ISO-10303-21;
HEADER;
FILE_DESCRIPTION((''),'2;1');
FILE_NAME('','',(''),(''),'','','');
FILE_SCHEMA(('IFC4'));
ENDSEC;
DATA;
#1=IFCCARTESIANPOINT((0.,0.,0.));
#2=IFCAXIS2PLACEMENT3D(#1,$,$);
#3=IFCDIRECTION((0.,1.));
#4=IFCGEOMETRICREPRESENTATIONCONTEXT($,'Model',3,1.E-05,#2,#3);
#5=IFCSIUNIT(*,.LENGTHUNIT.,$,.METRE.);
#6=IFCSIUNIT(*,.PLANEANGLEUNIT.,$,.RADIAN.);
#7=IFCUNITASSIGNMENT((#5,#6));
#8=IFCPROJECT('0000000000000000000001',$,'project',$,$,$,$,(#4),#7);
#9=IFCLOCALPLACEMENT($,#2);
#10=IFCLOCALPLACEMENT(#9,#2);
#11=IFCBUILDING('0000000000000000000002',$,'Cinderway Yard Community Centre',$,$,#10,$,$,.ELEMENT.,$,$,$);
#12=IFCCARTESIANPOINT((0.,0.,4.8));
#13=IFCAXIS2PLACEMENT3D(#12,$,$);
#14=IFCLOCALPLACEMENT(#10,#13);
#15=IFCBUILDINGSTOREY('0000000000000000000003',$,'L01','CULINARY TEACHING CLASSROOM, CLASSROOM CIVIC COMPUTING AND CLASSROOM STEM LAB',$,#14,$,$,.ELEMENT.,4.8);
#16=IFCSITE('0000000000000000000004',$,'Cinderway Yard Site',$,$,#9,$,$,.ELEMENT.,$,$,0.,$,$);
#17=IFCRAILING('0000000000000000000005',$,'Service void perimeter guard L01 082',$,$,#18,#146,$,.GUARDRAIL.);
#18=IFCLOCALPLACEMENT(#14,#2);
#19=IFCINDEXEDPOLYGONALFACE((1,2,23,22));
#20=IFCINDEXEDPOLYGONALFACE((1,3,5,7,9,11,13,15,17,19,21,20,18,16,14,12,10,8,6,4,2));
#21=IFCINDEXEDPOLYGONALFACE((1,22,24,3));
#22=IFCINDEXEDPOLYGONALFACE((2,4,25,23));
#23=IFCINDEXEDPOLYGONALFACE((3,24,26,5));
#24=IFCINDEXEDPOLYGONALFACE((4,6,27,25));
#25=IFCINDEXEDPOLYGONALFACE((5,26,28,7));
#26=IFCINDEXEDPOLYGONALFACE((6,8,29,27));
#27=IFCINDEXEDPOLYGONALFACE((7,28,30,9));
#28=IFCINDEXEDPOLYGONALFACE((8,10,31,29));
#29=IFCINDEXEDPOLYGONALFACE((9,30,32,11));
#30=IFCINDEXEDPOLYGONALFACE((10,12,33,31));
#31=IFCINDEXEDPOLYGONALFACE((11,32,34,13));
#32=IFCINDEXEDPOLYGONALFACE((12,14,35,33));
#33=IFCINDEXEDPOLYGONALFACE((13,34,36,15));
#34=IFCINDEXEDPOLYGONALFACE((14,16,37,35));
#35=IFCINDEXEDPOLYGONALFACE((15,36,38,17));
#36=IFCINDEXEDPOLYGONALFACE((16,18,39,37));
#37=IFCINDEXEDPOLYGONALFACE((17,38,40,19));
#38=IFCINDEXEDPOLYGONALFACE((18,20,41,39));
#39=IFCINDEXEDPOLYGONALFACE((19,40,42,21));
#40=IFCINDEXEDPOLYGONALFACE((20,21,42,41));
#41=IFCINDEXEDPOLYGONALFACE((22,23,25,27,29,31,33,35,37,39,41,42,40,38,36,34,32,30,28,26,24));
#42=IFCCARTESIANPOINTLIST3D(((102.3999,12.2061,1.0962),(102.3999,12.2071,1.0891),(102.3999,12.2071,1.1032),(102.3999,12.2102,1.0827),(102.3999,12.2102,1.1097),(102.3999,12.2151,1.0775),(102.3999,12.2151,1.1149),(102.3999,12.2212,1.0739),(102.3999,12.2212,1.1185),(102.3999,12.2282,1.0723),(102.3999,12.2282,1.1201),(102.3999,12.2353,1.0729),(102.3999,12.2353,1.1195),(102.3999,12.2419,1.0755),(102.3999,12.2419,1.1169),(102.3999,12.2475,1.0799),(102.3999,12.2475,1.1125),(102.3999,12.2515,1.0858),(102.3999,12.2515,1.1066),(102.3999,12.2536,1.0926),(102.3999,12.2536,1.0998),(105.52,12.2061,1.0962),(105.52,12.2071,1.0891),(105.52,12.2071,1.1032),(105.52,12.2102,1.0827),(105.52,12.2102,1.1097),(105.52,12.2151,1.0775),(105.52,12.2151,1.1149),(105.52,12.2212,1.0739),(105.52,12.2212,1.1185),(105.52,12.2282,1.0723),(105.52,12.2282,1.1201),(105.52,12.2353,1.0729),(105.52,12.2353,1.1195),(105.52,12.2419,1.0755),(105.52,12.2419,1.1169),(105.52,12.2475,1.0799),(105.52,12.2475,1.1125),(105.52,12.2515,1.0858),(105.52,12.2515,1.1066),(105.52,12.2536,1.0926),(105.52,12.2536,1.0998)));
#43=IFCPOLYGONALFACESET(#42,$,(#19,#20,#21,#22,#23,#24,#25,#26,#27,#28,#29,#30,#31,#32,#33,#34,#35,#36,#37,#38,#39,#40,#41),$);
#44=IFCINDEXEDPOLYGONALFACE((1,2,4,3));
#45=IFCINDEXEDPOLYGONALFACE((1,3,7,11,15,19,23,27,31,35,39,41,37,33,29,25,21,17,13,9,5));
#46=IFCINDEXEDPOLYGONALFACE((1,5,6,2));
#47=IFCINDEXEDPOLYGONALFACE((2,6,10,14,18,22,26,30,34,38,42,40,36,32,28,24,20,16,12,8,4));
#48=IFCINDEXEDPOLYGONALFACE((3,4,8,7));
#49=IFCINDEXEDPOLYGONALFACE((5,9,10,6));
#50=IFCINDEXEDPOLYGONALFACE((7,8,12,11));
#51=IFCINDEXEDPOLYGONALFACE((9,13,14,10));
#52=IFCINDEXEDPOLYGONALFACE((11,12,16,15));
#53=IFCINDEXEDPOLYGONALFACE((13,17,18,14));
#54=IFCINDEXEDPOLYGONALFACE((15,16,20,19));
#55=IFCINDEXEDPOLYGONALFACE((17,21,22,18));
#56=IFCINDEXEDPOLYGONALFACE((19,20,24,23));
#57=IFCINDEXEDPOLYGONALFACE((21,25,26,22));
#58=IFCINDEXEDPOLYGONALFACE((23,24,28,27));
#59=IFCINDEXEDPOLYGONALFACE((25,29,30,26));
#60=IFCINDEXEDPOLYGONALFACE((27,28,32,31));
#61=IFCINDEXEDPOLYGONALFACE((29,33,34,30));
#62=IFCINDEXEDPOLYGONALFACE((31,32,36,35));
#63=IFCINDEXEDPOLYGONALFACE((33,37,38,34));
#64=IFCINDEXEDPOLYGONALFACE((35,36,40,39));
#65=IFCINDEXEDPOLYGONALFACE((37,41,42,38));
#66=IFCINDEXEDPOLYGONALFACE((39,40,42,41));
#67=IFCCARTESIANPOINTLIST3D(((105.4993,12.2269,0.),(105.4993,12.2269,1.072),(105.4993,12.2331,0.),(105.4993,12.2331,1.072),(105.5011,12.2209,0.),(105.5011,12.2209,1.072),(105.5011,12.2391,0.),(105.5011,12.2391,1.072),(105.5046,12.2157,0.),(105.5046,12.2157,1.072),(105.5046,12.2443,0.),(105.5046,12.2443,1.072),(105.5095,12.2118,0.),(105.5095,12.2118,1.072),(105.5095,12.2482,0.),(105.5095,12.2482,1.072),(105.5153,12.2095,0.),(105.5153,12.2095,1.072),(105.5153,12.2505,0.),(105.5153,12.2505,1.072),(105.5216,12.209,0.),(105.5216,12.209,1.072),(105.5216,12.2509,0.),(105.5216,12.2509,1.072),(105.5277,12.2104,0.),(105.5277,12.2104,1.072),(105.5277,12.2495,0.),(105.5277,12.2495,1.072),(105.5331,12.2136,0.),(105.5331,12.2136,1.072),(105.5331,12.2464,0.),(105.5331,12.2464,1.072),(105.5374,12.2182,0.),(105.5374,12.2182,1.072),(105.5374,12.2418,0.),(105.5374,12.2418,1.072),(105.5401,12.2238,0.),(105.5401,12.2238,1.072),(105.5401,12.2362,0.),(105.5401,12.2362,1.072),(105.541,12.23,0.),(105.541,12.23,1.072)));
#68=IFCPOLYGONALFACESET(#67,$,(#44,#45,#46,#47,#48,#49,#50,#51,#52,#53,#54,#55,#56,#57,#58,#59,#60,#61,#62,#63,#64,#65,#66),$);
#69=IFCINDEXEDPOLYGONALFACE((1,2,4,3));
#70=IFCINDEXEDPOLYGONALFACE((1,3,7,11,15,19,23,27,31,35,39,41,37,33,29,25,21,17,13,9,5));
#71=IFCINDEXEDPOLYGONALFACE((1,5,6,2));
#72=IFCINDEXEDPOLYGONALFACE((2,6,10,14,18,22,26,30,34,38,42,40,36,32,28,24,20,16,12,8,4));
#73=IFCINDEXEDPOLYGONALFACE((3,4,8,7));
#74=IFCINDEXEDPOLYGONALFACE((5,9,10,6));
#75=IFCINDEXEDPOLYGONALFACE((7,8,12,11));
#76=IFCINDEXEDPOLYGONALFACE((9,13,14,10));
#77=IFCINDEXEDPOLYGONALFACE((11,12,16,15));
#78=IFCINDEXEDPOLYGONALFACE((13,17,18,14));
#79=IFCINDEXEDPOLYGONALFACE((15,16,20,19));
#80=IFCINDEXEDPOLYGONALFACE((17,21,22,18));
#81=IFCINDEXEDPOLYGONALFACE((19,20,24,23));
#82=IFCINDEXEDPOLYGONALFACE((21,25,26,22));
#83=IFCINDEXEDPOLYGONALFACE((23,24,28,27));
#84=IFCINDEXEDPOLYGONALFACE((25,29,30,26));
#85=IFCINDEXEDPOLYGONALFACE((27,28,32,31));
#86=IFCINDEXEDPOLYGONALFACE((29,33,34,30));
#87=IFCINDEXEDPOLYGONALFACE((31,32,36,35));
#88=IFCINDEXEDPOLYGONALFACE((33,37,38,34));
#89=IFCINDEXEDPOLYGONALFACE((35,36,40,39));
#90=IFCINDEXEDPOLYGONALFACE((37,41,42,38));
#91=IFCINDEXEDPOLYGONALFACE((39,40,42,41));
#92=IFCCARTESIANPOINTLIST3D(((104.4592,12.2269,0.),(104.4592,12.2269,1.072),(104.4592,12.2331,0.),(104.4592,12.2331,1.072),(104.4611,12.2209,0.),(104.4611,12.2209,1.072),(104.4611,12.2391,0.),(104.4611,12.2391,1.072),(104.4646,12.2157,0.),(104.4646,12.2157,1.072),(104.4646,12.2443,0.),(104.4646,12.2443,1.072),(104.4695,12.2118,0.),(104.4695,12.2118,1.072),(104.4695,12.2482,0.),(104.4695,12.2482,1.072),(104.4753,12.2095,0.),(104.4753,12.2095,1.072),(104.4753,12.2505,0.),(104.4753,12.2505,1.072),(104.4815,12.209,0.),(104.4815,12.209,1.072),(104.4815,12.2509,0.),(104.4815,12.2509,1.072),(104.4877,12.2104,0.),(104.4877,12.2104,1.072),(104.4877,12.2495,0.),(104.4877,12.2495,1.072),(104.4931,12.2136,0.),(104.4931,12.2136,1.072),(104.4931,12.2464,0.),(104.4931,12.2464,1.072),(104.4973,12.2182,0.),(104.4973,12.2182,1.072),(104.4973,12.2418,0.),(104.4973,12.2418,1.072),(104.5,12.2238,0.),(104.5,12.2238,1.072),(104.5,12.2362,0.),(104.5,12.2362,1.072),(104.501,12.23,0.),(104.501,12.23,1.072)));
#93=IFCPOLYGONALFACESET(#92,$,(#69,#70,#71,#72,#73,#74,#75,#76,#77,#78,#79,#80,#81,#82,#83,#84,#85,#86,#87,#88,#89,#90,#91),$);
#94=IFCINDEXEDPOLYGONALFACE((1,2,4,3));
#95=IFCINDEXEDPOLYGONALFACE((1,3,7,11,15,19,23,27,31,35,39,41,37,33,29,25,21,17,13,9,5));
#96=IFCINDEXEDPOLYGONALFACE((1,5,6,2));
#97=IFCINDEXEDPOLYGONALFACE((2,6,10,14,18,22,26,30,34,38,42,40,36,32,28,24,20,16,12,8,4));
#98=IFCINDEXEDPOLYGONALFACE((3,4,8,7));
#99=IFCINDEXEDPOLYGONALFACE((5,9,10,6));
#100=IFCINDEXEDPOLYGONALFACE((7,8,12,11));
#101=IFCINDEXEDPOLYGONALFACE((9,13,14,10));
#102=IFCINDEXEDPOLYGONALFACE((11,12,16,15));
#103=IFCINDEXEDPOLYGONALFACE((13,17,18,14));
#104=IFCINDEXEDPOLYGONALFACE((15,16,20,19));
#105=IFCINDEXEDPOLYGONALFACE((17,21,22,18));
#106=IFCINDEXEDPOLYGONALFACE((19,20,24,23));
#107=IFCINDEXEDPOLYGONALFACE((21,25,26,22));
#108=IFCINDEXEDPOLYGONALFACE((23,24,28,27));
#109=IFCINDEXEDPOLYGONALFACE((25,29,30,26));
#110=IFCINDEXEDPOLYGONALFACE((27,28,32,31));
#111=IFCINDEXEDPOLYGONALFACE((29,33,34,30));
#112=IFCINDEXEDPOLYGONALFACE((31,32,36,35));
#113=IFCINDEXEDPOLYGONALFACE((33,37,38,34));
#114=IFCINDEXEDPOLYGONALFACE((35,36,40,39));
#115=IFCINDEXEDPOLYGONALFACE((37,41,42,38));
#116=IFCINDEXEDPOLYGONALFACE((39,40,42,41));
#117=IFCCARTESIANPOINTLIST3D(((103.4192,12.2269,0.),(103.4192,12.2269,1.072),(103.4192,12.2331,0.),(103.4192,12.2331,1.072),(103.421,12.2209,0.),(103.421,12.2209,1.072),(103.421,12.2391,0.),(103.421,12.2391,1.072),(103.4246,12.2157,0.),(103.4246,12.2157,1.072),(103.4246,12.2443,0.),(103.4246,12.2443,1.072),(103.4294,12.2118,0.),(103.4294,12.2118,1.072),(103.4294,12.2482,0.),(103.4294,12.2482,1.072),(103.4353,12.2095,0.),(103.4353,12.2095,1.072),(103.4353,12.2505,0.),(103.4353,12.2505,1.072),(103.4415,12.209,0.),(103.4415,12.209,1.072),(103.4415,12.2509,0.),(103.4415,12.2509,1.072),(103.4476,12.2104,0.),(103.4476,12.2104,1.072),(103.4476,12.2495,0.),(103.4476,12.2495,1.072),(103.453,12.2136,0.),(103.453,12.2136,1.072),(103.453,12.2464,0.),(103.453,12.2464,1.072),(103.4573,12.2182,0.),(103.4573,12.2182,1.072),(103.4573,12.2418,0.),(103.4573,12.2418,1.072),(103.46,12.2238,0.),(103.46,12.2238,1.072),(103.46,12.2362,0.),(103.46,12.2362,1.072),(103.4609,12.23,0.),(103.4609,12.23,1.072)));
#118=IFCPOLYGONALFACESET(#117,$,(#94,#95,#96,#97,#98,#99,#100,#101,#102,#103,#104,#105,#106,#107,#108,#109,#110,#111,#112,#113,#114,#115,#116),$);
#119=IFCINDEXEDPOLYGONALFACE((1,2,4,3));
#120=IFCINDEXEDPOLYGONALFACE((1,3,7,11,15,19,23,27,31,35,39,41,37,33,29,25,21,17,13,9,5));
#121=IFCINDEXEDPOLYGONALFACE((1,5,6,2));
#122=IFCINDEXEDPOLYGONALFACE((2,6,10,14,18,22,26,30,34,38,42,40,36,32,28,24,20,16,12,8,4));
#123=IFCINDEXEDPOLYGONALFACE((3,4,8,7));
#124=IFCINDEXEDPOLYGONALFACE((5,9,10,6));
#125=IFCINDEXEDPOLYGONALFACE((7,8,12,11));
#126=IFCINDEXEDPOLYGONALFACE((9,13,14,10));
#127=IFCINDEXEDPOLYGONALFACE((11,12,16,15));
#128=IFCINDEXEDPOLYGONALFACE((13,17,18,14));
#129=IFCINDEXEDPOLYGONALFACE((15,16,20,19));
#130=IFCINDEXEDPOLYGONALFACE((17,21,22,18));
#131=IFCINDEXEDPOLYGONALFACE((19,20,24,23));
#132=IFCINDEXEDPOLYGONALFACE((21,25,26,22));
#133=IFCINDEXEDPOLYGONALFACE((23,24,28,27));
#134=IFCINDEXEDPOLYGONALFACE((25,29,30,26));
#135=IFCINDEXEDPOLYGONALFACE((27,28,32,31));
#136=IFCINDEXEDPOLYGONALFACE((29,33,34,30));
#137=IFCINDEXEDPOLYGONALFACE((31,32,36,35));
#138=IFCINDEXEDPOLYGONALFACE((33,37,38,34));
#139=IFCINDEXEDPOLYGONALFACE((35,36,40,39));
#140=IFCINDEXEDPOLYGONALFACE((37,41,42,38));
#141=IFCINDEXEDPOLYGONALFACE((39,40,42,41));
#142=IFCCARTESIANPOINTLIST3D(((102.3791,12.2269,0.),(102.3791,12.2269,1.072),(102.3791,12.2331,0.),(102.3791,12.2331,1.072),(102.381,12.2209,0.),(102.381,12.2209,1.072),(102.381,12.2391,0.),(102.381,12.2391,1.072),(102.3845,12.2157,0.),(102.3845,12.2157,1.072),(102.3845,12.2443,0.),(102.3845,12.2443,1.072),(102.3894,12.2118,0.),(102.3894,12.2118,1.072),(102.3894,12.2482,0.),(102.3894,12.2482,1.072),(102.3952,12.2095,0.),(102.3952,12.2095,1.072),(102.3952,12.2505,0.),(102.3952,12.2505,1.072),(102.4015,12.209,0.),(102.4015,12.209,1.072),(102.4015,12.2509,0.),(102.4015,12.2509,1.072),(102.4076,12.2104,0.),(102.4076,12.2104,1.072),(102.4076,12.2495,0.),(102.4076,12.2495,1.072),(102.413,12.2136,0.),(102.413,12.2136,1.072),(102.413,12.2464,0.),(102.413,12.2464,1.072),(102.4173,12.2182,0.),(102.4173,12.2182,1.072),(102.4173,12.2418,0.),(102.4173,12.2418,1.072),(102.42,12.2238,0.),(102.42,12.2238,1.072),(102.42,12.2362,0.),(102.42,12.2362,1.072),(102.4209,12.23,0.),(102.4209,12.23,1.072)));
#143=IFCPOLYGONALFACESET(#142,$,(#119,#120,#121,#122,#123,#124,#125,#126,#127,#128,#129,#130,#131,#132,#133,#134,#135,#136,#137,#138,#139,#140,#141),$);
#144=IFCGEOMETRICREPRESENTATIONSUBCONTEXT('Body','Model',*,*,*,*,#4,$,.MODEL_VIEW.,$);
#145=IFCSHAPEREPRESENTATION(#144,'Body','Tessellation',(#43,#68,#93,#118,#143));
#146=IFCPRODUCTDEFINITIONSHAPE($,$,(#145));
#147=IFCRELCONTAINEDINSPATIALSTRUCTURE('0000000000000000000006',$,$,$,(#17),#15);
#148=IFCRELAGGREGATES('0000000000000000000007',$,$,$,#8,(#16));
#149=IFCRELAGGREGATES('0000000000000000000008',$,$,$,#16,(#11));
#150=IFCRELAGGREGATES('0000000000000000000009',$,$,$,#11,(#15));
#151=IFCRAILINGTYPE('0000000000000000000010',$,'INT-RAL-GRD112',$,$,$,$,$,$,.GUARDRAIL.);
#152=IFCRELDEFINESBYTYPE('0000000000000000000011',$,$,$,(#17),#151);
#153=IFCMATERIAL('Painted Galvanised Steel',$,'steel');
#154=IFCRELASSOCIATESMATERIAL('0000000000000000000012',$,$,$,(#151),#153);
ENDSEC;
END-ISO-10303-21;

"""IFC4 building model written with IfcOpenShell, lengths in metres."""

from ifc_helpers import new_model, si_unit, direction, frame, origin, origin_2d, place, context, subcontext, project, spatial, circle, extrude, material, type_object, element, save


model = new_model("IFC4")

# Units and contexts
model_context = context("Model", 3, precision=1e-05, world=origin(), true_north=direction((0.0, 1.0)))
body_context = subcontext(model_context, "Body", "Model", "MODEL_VIEW")
ifc_project = project(units=[si_unit("LENGTHUNIT", "METRE"), si_unit("PLANEANGLEUNIT", "RADIAN")], contexts=[model_context])

# Site, building, storey
site_placement = place(None, origin())
site = spatial("IfcSite", under=ifc_project, at=site_placement, Name="Cinderway Yard Site", CompositionType="ELEMENT", RefElevation=0.0)
building_placement = place(site_placement, origin())
building = spatial("IfcBuilding", under=site, at=building_placement, Name="Cinderway Yard Community Centre", CompositionType="ELEMENT")
storey_placement = place(building_placement, frame((0.0, 0.0, 4.8)))
storey = spatial("IfcBuildingStorey", under=building, at=storey_placement, Name="L01", Description="CULINARY TEACHING CLASSROOM, CLASSROOM CIVIC COMPUTING AND CLASSROOM STEM LAB", CompositionType="ELEMENT", Elevation=4.8)

# Railing
ifc_material_1 = material(Name="Painted Galvanised Steel", Category="steel")
railing_type_1 = type_object("IfcRailingType", Name="INT-RAL-GRD112", PredefinedType="GUARDRAIL", material=ifc_material_1)
railing_1_placement = place(storey_placement, frame((105.52, 12.23, 0.0)))
element("IfcRailing", 1, at=railing_1_placement, inside=storey, type_object=railing_type_1, Name="Service void perimeter guard L01 082", PredefinedType="GUARDRAIL", context=body_context, shape_type="SweptSolid", body=[
    extrude(circle(Radius=0.0239, at=origin_2d()), frame((0.0, 0.0, 1.0962), z_axis=(-1.0, 0.0, 0.0), x_axis=(0.0, -1.0, 0.0)), (0.0, 0.0, 1.0), 3.1201),
    extrude(circle(Radius=0.021, at=origin_2d()), origin(), (0.0, 0.0, 1.0), 1.072),
    extrude(circle(Radius=0.021, at=origin_2d()), frame((-1.04, 0.0, 0.0)), (0.0, 0.0, 1.0), 1.072),
    extrude(circle(Radius=0.021, at=origin_2d()), frame((-2.0801, 0.0, 0.0)), (0.0, 0.0, 1.0), 1.072),
    extrude(circle(Radius=0.021, at=origin_2d()), frame((-3.1201, 0.0, 0.0)), (0.0, 0.0, 1.0), 1.072),
])

save(model, "model.ifc")
